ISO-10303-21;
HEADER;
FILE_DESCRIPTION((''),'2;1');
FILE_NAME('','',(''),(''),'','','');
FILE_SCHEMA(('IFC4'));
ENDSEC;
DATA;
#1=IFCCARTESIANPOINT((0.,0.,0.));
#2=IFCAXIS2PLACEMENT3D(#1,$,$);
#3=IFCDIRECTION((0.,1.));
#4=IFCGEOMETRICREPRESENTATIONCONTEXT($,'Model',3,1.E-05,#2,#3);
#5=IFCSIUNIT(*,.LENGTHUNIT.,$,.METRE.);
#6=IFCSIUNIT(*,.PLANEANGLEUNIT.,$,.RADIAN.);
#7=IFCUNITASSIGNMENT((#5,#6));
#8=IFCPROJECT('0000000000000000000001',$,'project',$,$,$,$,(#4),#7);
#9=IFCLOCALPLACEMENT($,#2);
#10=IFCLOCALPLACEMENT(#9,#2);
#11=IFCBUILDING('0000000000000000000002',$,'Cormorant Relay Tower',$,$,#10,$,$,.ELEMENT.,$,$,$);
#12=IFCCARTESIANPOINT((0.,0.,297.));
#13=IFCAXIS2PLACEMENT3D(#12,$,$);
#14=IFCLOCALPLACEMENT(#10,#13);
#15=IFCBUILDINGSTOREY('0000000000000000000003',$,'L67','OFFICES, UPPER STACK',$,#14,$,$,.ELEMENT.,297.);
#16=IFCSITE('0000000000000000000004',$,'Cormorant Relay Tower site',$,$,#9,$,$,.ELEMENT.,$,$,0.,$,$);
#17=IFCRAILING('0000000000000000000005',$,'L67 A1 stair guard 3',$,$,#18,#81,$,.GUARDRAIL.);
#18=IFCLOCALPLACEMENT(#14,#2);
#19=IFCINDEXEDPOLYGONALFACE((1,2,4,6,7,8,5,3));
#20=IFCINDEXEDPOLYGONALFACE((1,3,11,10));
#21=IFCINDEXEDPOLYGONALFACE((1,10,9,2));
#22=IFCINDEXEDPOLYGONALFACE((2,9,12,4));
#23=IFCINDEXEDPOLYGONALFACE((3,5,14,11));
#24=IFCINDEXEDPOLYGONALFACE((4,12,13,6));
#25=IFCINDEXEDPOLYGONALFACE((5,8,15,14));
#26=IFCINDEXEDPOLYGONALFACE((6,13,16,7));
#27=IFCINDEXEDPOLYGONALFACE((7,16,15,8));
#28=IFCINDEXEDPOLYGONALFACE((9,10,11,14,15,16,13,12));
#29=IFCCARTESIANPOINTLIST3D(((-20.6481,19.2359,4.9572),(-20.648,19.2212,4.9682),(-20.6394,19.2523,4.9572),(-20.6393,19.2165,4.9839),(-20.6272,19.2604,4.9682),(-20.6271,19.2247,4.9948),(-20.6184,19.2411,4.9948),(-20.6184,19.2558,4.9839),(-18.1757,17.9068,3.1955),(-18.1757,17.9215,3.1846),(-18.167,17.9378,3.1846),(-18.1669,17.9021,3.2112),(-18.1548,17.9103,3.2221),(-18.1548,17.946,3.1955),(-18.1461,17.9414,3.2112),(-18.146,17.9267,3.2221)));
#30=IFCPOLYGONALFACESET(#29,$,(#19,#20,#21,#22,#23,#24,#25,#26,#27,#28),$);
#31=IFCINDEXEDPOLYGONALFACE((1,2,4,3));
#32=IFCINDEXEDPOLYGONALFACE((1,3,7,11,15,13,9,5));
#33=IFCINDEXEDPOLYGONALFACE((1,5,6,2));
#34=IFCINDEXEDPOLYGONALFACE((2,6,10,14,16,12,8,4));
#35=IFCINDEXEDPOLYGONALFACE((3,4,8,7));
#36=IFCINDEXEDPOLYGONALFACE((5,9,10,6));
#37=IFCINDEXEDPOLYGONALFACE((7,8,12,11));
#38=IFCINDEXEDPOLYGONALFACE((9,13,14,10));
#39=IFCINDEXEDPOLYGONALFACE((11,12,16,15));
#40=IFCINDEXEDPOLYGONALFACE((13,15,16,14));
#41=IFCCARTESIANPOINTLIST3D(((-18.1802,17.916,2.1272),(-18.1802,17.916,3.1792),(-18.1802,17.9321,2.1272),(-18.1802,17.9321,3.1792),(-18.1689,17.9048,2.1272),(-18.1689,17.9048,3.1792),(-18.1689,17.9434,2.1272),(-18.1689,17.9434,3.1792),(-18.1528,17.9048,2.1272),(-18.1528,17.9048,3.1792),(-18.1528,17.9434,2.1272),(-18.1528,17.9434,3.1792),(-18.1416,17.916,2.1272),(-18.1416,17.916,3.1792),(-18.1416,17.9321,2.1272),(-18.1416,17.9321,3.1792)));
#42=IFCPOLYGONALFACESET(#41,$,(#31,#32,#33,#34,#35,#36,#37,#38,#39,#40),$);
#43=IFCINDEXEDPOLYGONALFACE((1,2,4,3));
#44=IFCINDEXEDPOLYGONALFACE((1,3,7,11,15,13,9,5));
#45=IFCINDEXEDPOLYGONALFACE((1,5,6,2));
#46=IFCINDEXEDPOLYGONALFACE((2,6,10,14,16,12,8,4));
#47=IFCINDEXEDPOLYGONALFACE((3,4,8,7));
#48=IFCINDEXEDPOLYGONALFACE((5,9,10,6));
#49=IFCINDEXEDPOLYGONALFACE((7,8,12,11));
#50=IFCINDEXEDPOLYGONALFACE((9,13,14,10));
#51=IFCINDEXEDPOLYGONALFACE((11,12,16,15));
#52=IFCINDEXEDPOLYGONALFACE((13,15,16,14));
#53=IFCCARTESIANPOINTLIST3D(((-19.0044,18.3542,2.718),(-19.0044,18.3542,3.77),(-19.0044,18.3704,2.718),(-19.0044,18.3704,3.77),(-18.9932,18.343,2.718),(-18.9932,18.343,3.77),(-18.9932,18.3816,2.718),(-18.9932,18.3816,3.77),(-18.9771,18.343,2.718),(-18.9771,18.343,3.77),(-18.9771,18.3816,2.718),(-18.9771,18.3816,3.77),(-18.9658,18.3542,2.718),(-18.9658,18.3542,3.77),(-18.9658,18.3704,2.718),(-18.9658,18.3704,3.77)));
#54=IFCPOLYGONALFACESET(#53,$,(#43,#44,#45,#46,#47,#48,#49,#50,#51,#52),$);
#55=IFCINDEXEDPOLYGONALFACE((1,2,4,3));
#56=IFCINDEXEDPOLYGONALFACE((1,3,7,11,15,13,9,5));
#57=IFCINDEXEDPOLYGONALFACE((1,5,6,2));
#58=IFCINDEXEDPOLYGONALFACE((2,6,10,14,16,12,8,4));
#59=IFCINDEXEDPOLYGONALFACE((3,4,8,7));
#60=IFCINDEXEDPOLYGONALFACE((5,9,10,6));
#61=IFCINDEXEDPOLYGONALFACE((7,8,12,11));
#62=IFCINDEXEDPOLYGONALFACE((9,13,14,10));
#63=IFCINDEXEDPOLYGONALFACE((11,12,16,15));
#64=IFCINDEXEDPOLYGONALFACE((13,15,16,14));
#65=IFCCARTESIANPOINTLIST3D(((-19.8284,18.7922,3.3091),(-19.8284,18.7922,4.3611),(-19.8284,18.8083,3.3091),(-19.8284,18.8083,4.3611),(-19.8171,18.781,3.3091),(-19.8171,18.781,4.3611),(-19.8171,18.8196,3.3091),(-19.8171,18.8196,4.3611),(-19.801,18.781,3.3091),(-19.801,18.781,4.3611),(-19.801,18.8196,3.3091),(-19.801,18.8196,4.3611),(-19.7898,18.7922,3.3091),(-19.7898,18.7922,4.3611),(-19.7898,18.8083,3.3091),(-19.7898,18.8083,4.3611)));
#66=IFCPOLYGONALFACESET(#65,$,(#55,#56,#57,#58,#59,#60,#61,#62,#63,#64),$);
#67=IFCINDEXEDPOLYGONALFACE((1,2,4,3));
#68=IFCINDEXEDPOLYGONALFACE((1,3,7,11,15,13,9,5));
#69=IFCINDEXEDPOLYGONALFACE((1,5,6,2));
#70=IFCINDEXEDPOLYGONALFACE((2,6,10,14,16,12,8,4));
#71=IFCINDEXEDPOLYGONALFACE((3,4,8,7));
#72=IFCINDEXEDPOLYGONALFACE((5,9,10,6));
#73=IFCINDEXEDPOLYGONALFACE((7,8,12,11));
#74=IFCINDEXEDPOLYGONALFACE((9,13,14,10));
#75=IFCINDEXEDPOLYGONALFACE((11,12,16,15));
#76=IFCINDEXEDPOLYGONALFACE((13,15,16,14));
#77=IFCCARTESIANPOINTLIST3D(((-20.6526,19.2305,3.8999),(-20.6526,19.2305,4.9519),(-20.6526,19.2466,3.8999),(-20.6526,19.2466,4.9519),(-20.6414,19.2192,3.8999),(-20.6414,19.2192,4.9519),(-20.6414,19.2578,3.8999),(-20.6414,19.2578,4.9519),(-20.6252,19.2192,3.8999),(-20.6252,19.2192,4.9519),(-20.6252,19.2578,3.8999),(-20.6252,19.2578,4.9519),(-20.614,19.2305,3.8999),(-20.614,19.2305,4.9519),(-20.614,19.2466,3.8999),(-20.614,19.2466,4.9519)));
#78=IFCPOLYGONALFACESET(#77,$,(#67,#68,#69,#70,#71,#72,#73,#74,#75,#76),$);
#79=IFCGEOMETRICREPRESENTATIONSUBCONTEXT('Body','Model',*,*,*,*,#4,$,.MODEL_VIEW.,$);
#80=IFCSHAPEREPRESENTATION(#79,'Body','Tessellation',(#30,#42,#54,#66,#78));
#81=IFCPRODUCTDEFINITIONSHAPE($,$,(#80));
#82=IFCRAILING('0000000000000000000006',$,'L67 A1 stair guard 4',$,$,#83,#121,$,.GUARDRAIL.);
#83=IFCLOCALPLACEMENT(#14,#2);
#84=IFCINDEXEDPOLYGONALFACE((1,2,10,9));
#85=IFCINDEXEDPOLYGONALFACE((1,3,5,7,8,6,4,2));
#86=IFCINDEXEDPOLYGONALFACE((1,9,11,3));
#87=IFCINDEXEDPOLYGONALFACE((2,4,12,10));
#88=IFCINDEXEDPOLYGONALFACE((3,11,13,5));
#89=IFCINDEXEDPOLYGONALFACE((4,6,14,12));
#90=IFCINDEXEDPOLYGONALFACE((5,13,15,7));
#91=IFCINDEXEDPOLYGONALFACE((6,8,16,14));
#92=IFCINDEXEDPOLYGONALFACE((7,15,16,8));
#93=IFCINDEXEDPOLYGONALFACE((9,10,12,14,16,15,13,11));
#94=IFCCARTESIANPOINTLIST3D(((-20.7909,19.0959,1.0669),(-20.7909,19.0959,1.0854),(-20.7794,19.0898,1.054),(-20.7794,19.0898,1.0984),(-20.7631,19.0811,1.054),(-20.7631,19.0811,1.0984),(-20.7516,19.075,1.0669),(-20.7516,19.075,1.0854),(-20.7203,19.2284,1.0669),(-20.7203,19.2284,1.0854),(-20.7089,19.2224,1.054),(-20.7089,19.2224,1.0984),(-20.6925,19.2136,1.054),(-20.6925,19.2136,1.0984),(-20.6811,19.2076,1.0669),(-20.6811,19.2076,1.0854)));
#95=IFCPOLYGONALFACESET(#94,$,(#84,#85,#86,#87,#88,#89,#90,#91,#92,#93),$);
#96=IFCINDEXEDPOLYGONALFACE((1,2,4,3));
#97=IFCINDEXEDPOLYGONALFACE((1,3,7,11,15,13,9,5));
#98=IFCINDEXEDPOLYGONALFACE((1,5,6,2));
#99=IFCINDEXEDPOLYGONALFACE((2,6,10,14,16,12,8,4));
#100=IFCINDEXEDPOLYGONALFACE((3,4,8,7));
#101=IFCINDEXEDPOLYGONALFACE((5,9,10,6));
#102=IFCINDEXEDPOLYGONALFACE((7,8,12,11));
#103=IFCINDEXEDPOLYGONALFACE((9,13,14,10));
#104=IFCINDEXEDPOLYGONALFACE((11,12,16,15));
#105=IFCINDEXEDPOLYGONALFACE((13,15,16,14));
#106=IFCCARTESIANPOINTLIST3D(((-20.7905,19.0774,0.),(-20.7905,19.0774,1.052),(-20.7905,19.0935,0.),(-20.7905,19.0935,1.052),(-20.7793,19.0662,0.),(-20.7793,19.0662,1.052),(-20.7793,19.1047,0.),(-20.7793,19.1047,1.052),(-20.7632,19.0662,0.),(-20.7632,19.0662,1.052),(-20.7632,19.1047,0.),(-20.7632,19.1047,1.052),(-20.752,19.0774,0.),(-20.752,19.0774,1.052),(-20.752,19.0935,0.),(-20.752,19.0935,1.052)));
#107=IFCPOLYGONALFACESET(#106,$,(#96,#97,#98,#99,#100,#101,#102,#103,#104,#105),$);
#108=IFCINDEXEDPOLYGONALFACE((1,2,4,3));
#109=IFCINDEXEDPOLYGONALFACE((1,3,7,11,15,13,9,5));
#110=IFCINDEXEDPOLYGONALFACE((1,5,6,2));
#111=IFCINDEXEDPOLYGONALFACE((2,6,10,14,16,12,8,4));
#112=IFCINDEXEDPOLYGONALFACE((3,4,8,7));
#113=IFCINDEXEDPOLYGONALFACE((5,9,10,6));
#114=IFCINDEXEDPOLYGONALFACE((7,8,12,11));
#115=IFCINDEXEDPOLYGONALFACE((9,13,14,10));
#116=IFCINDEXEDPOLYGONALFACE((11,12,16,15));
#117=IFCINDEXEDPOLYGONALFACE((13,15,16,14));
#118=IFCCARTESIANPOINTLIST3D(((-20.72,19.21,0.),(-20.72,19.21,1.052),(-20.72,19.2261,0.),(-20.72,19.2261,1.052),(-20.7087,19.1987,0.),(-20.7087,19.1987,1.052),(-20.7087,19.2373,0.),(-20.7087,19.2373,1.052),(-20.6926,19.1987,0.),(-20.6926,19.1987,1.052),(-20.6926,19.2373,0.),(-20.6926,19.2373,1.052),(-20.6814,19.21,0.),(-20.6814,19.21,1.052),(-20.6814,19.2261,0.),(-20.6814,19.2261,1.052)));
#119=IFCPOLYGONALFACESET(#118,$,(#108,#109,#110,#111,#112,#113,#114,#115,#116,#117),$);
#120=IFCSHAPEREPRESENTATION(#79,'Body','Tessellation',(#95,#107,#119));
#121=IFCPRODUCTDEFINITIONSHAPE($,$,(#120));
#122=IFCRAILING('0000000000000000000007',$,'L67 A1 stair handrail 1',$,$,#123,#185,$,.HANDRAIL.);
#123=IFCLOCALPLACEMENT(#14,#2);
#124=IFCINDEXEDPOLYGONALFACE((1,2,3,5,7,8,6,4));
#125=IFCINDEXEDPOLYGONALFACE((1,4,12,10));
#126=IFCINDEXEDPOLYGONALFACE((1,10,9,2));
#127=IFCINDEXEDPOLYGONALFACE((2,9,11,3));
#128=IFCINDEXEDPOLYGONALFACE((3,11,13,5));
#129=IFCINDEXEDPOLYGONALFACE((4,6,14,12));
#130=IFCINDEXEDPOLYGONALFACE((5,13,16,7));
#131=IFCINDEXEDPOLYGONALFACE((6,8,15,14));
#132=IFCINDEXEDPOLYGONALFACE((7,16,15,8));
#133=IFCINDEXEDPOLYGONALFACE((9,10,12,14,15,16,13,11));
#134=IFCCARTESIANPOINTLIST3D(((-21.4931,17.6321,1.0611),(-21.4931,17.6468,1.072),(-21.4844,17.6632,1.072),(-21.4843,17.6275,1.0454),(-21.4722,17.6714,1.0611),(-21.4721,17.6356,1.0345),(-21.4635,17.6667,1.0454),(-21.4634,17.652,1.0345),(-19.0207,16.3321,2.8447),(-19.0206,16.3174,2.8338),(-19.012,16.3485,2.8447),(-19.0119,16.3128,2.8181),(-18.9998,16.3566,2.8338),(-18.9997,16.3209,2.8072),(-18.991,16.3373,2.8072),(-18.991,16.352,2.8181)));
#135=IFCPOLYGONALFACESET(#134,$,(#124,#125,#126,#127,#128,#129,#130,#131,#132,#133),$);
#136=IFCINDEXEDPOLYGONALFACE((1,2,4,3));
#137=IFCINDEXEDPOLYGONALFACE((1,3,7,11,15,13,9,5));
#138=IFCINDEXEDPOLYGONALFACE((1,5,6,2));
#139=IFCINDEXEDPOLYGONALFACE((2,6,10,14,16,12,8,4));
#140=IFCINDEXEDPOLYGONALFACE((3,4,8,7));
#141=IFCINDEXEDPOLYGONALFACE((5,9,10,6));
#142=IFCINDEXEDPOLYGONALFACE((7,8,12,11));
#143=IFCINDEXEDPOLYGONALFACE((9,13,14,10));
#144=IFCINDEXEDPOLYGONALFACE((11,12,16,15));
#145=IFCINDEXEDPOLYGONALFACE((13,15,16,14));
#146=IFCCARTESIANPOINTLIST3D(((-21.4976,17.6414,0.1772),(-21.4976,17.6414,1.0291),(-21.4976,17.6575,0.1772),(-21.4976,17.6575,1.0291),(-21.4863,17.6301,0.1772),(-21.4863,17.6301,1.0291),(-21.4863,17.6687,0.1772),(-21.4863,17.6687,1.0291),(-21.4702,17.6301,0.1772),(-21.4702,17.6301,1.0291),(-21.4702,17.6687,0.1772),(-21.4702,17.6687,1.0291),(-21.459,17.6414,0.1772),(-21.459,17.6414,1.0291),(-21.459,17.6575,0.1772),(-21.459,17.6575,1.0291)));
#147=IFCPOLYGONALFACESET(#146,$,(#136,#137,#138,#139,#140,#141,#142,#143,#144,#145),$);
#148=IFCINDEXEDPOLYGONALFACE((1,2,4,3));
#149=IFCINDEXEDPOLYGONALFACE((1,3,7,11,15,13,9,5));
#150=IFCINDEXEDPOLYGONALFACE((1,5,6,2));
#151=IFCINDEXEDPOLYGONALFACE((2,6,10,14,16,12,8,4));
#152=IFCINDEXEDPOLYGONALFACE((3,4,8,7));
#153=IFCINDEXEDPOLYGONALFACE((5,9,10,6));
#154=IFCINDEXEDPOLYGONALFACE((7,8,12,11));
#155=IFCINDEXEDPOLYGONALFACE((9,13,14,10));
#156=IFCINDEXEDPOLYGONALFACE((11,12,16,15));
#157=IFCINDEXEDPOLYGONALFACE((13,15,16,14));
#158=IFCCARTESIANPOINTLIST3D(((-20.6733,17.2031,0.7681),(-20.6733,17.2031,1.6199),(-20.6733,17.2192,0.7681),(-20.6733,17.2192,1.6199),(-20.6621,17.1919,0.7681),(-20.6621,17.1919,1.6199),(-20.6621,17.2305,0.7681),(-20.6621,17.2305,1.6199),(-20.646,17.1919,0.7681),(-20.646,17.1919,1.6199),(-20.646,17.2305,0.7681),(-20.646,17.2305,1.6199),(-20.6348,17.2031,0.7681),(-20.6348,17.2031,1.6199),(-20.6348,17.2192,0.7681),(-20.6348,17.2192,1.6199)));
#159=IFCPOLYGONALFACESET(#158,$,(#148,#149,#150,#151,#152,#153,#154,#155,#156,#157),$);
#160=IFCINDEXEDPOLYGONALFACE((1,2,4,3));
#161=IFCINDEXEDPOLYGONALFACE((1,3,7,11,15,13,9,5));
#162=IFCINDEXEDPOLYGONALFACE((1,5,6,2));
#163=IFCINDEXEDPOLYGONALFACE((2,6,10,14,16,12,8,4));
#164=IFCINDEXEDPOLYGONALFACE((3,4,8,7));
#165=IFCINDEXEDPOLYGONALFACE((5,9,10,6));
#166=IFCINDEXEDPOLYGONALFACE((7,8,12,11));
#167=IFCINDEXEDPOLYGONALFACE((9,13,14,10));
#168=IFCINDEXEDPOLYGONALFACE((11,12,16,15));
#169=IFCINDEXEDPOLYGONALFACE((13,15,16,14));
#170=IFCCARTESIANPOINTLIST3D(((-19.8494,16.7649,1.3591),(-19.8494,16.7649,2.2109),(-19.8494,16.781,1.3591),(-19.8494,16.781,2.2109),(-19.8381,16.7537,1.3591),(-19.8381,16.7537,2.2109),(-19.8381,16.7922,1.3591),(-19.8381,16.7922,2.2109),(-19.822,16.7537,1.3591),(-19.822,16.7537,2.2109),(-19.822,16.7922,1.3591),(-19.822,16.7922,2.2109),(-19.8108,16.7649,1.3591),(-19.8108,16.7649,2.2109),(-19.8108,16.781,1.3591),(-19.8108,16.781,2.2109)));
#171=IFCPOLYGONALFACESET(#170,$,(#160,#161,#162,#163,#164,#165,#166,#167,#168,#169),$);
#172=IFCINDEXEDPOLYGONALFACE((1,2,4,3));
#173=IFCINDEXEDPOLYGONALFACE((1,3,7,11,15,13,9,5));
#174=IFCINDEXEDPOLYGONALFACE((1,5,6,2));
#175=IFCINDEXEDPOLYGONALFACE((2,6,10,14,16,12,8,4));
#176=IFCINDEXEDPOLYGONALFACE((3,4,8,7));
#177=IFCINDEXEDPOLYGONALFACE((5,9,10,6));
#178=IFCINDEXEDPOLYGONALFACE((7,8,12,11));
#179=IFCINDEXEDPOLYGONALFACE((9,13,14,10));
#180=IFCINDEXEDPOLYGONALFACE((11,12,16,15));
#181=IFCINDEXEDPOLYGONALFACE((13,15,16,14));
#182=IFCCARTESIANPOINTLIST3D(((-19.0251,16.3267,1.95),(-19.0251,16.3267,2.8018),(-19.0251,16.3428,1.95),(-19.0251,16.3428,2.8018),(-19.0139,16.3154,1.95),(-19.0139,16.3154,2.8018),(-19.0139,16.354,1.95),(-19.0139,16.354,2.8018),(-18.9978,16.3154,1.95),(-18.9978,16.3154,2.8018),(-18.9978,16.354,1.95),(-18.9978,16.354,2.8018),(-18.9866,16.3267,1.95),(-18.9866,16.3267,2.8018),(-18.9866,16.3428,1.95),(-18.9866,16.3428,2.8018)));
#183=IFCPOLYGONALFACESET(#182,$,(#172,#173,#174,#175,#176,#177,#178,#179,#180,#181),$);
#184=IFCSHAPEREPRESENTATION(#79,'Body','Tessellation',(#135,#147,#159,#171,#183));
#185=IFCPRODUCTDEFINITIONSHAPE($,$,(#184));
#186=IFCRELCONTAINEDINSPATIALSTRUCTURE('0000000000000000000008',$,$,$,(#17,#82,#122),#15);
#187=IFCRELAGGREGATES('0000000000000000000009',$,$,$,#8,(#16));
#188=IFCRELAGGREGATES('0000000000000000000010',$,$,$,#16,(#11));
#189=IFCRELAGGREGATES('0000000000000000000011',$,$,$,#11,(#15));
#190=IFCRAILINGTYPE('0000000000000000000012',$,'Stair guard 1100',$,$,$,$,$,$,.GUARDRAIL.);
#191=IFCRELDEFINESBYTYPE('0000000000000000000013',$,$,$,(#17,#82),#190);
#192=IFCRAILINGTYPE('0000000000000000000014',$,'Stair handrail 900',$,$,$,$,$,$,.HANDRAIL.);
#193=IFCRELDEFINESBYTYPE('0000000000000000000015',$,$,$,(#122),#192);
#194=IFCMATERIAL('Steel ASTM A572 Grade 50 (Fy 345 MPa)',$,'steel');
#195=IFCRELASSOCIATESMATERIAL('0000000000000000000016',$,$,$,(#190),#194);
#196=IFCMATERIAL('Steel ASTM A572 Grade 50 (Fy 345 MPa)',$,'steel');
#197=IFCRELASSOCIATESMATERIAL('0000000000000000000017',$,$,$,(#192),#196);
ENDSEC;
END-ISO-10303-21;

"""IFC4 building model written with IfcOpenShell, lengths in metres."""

from ifc_helpers import new_model, si_unit, direction, frame, origin, place, context, subcontext, project, spatial, polyline, outline, extrude, material, type_object, element, save


model = new_model("IFC4")

# Units and contexts
model_context = context("Model", 3, precision=1e-05, world=origin(), true_north=direction((0.0, 1.0)))
body_context = subcontext(model_context, "Body", "Model", "MODEL_VIEW")
ifc_project = project(units=[si_unit("LENGTHUNIT", "METRE"), si_unit("PLANEANGLEUNIT", "RADIAN")], contexts=[model_context])

# Site, building, storey
site_placement = place(None, origin())
site = spatial("IfcSite", under=ifc_project, at=site_placement, Name="Cormorant Relay Tower site", CompositionType="ELEMENT", RefElevation=0.0)
building_placement = place(site_placement, origin())
building = spatial("IfcBuilding", under=site, at=building_placement, Name="Cormorant Relay Tower", CompositionType="ELEMENT")
storey_placement = place(building_placement, frame((0.0, 0.0, 297.0)))
storey = spatial("IfcBuildingStorey", under=building, at=storey_placement, Name="L67", Description="OFFICES, UPPER STACK", CompositionType="ELEMENT", Elevation=297.0)

# Railings
ifc_material_1 = material(Name="Steel ASTM A572 Grade 50 (Fy 345 MPa)", Category="steel")
railing_type_1 = type_object("IfcRailingType", Name="Stair guard 1100", PredefinedType="GUARDRAIL", material=ifc_material_1)
railing_1_placement = place(storey_placement, frame((-18.1609, 17.9241, 2.1272)))
element("IfcRailing", 1, at=railing_1_placement, inside=storey, type_object=railing_type_1, Name="L67 A1 stair guard 3", PredefinedType="GUARDRAIL", context=body_context, shape_type="SweptSolid", body=[
    extrude(outline(polyline([(0.0222, 0.0093), (0.0093, 0.0222), (-0.0093, 0.0222), (-0.0222, 0.0093), (-0.0222, -0.0093), (-0.0093, -0.0222), (0.0093, -0.0222), (0.0222, -0.0093), (0.0222, 0.0093)])), frame((0.0, 0.0, 1.0762), z_axis=(-0.746034, 0.396627, 0.534902), x_axis=(-0.469429, -0.88297, 0.0)), (0.0, 0.0, 1.0), 3.314),
    extrude(outline(polyline([(0.0193, 0.0081), (0.0081, 0.0193), (-0.0081, 0.0193), (-0.0193, 0.0081), (-0.0193, -0.0081), (-0.0081, -0.0193), (0.0081, -0.0193), (0.0193, -0.0081), (0.0193, 0.0081)])), origin(), (0.0, 0.0, 1.0), 1.052),
    extrude(outline(polyline([(0.0193, 0.0081), (0.0081, 0.0193), (-0.0081, 0.0193), (-0.0193, 0.0081), (-0.0193, -0.0081), (-0.0081, -0.0193), (0.0081, -0.0193), (0.0193, -0.0081), (0.0193, 0.0081)])), frame((-0.8242, 0.4382, 0.5908)), (0.0, 0.0, 1.0), 1.052),
    extrude(outline(polyline([(0.0193, 0.0081), (0.0081, 0.0193), (-0.0081, 0.0193), (-0.0193, 0.0081), (-0.0193, -0.0081), (-0.0081, -0.0193), (0.0081, -0.0193), (0.0193, -0.0081), (0.0193, 0.0081)])), frame((-1.6482, 0.8762, 1.1819)), (0.0, 0.0, 1.0), 1.052),
    extrude(outline(polyline([(0.0193, 0.0081), (0.0081, 0.0193), (-0.0081, 0.0193), (-0.0193, 0.0081), (-0.0193, -0.0081), (-0.0081, -0.0193), (0.0081, -0.0193), (0.0193, -0.0081), (0.0193, 0.0081)])), frame((-2.4724, 1.3145, 1.7727)), (0.0, 0.0, 1.0), 1.052),
])
railing_2_placement = place(storey_placement, frame((-20.7712, 19.0854, 0.0)))
element("IfcRailing", 2, at=railing_2_placement, inside=storey, type_object=railing_type_1, Name="L67 A1 stair guard 4", PredefinedType="GUARDRAIL", context=body_context, shape_type="SweptSolid", body=[
    extrude(outline(polyline([(0.0222, 0.0093), (0.0093, 0.0222), (-0.0093, 0.0222), (-0.0222, 0.0093), (-0.0222, -0.0093), (-0.0093, -0.0222), (0.0093, -0.0222), (0.0222, -0.0093), (0.0222, 0.0093)])), frame((0.0, 0.0, 1.0762), z_axis=(0.469829, 0.882758, 0.0), x_axis=(-0.882758, 0.469829, 0.0)), (0.0, 0.0, 1.0), 0.1501),
    extrude(outline(polyline([(0.0193, 0.0081), (0.0081, 0.0193), (-0.0081, 0.0193), (-0.0193, 0.0081), (-0.0193, -0.0081), (-0.0081, -0.0193), (0.0081, -0.0193), (0.0193, -0.0081), (0.0193, 0.0081)])), origin(), (0.0, 0.0, 1.0), 1.052),
    extrude(outline(polyline([(0.0193, 0.0081), (0.0081, 0.0193), (-0.0081, 0.0193), (-0.0193, 0.0081), (-0.0193, -0.0081), (-0.0081, -0.0193), (0.0081, -0.0193), (0.0193, -0.0081), (0.0193, 0.0081)])), frame((0.0706, 0.1326, 0.0)), (0.0, 0.0, 1.0), 1.052),
])
ifc_material_2 = material(Name="Steel ASTM A572 Grade 50 (Fy 345 MPa)", Category="steel")
railing_type_2 = type_object("IfcRailingType", Name="Stair handrail 900", PredefinedType="HANDRAIL", material=ifc_material_2)
railing_3_placement = place(storey_placement, frame((-21.4783, 17.6494, 0.1772)))
element("IfcRailing", 3, at=railing_3_placement, inside=storey, type_object=railing_type_2, Name="L67 A1 stair handrail 1", PredefinedType="HANDRAIL", context=body_context, shape_type="SweptSolid", body=[
    extrude(outline(polyline([(0.0222, 0.0093), (0.0093, 0.0222), (-0.0093, 0.0222), (-0.0222, 0.0093), (-0.0222, -0.0093), (-0.0093, -0.0222), (0.0093, -0.0222), (0.0222, -0.0093), (0.0222, 0.0093)])), frame((0.0, 0.0, 0.876), z_axis=(0.746012, -0.39669, 0.534886), x_axis=(0.469497, 0.882934, 0.0)), (0.0, 0.0, 1.0), 3.3142),
    extrude(outline(polyline([(0.0193, 0.0081), (0.0081, 0.0193), (-0.0081, 0.0193), (-0.0193, 0.0081), (-0.0193, -0.0081), (-0.0081, -0.0193), (0.0081, -0.0193), (0.0193, -0.0081), (0.0193, 0.0081)])), origin(), (0.0, 0.0, 1.0), 0.8518),
    extrude(outline(polyline([(0.0193, 0.0081), (0.0081, 0.0193), (-0.0081, 0.0193), (-0.0193, 0.0081), (-0.0193, -0.0081), (-0.0081, -0.0193), (0.0081, -0.0193), (0.0193, -0.0081), (0.0193, 0.0081)])), frame((0.8242, -0.4382, 0.5908)), (0.0, 0.0, 1.0), 0.8518),
    extrude(outline(polyline([(0.0193, 0.0081), (0.0081, 0.0193), (-0.0081, 0.0193), (-0.0193, 0.0081), (-0.0193, -0.0081), (-0.0081, -0.0193), (0.0081, -0.0193), (0.0193, -0.0081), (0.0193, 0.0081)])), frame((1.6482, -0.8765, 1.1819)), (0.0, 0.0, 1.0), 0.8518),
    extrude(outline(polyline([(0.0193, 0.0081), (0.0081, 0.0193), (-0.0081, 0.0193), (-0.0193, 0.0081), (-0.0193, -0.0081), (-0.0081, -0.0193), (0.0081, -0.0193), (0.0193, -0.0081), (0.0193, 0.0081)])), frame((2.4724, -1.3147, 1.7727)), (0.0, 0.0, 1.0), 0.8518),
])

save(model, "model.ifc")
